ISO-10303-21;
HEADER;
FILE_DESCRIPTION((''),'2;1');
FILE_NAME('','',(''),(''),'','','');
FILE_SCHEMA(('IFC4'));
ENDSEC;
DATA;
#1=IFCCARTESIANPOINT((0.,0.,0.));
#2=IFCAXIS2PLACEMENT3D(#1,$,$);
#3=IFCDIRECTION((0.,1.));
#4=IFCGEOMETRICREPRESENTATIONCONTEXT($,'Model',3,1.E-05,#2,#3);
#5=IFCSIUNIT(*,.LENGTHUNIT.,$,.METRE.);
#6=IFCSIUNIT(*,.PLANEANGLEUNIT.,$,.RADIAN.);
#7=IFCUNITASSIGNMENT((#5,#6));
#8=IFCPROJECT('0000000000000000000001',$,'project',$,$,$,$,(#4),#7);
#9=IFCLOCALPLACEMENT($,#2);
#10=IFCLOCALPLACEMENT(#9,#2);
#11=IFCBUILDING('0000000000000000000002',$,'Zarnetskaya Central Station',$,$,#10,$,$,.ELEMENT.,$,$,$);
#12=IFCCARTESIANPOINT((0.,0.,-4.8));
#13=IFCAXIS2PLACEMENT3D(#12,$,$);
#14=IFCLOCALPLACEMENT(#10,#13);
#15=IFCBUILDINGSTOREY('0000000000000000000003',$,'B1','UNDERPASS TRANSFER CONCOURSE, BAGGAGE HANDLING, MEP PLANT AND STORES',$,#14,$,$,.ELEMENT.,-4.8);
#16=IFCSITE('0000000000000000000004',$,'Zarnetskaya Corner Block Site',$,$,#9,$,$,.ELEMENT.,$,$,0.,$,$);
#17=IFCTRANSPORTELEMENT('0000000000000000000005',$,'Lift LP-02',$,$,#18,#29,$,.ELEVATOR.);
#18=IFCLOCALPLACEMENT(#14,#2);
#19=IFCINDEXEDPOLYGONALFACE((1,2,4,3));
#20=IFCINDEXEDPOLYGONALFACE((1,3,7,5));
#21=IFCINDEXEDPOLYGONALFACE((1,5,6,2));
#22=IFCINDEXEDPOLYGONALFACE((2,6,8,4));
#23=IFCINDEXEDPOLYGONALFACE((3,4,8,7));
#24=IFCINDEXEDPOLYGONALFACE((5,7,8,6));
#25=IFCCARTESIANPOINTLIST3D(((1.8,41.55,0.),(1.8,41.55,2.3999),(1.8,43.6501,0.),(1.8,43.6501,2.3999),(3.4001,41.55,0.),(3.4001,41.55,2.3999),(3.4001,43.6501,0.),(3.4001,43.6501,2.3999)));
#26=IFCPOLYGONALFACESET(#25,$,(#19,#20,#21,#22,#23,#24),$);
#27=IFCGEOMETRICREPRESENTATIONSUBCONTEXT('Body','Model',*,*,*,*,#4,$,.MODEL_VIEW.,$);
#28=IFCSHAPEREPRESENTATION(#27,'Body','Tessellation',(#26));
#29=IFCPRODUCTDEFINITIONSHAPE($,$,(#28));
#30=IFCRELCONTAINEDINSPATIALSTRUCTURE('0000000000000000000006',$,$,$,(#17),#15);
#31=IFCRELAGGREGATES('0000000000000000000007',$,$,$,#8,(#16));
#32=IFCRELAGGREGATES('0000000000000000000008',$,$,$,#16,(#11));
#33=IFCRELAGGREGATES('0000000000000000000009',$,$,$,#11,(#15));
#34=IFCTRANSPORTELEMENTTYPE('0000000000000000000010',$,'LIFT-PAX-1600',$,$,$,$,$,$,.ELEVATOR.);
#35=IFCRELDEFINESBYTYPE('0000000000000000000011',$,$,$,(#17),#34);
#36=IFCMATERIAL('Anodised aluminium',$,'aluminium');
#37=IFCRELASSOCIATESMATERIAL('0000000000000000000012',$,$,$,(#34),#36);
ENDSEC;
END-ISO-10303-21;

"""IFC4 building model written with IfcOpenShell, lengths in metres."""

from ifc_helpers import new_model, si_unit, direction, frame, origin, origin_2d, place, context, subcontext, project, spatial, rectangle, extrude, material, type_object, element, save


model = new_model("IFC4")

# Units and contexts
model_context = context("Model", 3, precision=1e-05, world=origin(), true_north=direction((0.0, 1.0)))
body_context = subcontext(model_context, "Body", "Model", "MODEL_VIEW")
ifc_project = project(units=[si_unit("LENGTHUNIT", "METRE"), si_unit("PLANEANGLEUNIT", "RADIAN")], contexts=[model_context])

# Site, building, storey
site_placement = place(None, origin())
site = spatial("IfcSite", under=ifc_project, at=site_placement, Name="Zarnetskaya Corner Block Site", CompositionType="ELEMENT", RefElevation=0.0)
building_placement = place(site_placement, origin())
building = spatial("IfcBuilding", under=site, at=building_placement, Name="Zarnetskaya Central Station", CompositionType="ELEMENT")
storey_placement = place(building_placement, frame((0.0, 0.0, -4.8)))
storey = spatial("IfcBuildingStorey", under=building, at=storey_placement, Name="B1", Description="UNDERPASS TRANSFER CONCOURSE, BAGGAGE HANDLING, MEP PLANT AND STORES", CompositionType="ELEMENT", Elevation=-4.8)

# Shared definitions
ifc_material_1 = material(Name="Anodised aluminium", Category="aluminium")

# Transport element
transport_element_type = type_object("IfcTransportElementType", Name="LIFT-PAX-1600", PredefinedType="ELEVATOR", material=ifc_material_1)
transport_element_placement = place(storey_placement, frame((2.6001, 42.6001, 0.0), z_axis=(0.0, 0.0, 1.0), x_axis=(1.0, 0.0, 0.0)))
element("IfcTransportElement", 1, at=transport_element_placement, inside=storey, type_object=transport_element_type, Name="Lift LP-02", PredefinedType="ELEVATOR", context=body_context, shape_type="SweptSolid", body=[
    extrude(rectangle(XDim=1.6001, YDim=2.1001, at=origin_2d()), origin(), (0.0, 0.0, 1.0), 2.3999),
])

save(model, "model.ifc")
